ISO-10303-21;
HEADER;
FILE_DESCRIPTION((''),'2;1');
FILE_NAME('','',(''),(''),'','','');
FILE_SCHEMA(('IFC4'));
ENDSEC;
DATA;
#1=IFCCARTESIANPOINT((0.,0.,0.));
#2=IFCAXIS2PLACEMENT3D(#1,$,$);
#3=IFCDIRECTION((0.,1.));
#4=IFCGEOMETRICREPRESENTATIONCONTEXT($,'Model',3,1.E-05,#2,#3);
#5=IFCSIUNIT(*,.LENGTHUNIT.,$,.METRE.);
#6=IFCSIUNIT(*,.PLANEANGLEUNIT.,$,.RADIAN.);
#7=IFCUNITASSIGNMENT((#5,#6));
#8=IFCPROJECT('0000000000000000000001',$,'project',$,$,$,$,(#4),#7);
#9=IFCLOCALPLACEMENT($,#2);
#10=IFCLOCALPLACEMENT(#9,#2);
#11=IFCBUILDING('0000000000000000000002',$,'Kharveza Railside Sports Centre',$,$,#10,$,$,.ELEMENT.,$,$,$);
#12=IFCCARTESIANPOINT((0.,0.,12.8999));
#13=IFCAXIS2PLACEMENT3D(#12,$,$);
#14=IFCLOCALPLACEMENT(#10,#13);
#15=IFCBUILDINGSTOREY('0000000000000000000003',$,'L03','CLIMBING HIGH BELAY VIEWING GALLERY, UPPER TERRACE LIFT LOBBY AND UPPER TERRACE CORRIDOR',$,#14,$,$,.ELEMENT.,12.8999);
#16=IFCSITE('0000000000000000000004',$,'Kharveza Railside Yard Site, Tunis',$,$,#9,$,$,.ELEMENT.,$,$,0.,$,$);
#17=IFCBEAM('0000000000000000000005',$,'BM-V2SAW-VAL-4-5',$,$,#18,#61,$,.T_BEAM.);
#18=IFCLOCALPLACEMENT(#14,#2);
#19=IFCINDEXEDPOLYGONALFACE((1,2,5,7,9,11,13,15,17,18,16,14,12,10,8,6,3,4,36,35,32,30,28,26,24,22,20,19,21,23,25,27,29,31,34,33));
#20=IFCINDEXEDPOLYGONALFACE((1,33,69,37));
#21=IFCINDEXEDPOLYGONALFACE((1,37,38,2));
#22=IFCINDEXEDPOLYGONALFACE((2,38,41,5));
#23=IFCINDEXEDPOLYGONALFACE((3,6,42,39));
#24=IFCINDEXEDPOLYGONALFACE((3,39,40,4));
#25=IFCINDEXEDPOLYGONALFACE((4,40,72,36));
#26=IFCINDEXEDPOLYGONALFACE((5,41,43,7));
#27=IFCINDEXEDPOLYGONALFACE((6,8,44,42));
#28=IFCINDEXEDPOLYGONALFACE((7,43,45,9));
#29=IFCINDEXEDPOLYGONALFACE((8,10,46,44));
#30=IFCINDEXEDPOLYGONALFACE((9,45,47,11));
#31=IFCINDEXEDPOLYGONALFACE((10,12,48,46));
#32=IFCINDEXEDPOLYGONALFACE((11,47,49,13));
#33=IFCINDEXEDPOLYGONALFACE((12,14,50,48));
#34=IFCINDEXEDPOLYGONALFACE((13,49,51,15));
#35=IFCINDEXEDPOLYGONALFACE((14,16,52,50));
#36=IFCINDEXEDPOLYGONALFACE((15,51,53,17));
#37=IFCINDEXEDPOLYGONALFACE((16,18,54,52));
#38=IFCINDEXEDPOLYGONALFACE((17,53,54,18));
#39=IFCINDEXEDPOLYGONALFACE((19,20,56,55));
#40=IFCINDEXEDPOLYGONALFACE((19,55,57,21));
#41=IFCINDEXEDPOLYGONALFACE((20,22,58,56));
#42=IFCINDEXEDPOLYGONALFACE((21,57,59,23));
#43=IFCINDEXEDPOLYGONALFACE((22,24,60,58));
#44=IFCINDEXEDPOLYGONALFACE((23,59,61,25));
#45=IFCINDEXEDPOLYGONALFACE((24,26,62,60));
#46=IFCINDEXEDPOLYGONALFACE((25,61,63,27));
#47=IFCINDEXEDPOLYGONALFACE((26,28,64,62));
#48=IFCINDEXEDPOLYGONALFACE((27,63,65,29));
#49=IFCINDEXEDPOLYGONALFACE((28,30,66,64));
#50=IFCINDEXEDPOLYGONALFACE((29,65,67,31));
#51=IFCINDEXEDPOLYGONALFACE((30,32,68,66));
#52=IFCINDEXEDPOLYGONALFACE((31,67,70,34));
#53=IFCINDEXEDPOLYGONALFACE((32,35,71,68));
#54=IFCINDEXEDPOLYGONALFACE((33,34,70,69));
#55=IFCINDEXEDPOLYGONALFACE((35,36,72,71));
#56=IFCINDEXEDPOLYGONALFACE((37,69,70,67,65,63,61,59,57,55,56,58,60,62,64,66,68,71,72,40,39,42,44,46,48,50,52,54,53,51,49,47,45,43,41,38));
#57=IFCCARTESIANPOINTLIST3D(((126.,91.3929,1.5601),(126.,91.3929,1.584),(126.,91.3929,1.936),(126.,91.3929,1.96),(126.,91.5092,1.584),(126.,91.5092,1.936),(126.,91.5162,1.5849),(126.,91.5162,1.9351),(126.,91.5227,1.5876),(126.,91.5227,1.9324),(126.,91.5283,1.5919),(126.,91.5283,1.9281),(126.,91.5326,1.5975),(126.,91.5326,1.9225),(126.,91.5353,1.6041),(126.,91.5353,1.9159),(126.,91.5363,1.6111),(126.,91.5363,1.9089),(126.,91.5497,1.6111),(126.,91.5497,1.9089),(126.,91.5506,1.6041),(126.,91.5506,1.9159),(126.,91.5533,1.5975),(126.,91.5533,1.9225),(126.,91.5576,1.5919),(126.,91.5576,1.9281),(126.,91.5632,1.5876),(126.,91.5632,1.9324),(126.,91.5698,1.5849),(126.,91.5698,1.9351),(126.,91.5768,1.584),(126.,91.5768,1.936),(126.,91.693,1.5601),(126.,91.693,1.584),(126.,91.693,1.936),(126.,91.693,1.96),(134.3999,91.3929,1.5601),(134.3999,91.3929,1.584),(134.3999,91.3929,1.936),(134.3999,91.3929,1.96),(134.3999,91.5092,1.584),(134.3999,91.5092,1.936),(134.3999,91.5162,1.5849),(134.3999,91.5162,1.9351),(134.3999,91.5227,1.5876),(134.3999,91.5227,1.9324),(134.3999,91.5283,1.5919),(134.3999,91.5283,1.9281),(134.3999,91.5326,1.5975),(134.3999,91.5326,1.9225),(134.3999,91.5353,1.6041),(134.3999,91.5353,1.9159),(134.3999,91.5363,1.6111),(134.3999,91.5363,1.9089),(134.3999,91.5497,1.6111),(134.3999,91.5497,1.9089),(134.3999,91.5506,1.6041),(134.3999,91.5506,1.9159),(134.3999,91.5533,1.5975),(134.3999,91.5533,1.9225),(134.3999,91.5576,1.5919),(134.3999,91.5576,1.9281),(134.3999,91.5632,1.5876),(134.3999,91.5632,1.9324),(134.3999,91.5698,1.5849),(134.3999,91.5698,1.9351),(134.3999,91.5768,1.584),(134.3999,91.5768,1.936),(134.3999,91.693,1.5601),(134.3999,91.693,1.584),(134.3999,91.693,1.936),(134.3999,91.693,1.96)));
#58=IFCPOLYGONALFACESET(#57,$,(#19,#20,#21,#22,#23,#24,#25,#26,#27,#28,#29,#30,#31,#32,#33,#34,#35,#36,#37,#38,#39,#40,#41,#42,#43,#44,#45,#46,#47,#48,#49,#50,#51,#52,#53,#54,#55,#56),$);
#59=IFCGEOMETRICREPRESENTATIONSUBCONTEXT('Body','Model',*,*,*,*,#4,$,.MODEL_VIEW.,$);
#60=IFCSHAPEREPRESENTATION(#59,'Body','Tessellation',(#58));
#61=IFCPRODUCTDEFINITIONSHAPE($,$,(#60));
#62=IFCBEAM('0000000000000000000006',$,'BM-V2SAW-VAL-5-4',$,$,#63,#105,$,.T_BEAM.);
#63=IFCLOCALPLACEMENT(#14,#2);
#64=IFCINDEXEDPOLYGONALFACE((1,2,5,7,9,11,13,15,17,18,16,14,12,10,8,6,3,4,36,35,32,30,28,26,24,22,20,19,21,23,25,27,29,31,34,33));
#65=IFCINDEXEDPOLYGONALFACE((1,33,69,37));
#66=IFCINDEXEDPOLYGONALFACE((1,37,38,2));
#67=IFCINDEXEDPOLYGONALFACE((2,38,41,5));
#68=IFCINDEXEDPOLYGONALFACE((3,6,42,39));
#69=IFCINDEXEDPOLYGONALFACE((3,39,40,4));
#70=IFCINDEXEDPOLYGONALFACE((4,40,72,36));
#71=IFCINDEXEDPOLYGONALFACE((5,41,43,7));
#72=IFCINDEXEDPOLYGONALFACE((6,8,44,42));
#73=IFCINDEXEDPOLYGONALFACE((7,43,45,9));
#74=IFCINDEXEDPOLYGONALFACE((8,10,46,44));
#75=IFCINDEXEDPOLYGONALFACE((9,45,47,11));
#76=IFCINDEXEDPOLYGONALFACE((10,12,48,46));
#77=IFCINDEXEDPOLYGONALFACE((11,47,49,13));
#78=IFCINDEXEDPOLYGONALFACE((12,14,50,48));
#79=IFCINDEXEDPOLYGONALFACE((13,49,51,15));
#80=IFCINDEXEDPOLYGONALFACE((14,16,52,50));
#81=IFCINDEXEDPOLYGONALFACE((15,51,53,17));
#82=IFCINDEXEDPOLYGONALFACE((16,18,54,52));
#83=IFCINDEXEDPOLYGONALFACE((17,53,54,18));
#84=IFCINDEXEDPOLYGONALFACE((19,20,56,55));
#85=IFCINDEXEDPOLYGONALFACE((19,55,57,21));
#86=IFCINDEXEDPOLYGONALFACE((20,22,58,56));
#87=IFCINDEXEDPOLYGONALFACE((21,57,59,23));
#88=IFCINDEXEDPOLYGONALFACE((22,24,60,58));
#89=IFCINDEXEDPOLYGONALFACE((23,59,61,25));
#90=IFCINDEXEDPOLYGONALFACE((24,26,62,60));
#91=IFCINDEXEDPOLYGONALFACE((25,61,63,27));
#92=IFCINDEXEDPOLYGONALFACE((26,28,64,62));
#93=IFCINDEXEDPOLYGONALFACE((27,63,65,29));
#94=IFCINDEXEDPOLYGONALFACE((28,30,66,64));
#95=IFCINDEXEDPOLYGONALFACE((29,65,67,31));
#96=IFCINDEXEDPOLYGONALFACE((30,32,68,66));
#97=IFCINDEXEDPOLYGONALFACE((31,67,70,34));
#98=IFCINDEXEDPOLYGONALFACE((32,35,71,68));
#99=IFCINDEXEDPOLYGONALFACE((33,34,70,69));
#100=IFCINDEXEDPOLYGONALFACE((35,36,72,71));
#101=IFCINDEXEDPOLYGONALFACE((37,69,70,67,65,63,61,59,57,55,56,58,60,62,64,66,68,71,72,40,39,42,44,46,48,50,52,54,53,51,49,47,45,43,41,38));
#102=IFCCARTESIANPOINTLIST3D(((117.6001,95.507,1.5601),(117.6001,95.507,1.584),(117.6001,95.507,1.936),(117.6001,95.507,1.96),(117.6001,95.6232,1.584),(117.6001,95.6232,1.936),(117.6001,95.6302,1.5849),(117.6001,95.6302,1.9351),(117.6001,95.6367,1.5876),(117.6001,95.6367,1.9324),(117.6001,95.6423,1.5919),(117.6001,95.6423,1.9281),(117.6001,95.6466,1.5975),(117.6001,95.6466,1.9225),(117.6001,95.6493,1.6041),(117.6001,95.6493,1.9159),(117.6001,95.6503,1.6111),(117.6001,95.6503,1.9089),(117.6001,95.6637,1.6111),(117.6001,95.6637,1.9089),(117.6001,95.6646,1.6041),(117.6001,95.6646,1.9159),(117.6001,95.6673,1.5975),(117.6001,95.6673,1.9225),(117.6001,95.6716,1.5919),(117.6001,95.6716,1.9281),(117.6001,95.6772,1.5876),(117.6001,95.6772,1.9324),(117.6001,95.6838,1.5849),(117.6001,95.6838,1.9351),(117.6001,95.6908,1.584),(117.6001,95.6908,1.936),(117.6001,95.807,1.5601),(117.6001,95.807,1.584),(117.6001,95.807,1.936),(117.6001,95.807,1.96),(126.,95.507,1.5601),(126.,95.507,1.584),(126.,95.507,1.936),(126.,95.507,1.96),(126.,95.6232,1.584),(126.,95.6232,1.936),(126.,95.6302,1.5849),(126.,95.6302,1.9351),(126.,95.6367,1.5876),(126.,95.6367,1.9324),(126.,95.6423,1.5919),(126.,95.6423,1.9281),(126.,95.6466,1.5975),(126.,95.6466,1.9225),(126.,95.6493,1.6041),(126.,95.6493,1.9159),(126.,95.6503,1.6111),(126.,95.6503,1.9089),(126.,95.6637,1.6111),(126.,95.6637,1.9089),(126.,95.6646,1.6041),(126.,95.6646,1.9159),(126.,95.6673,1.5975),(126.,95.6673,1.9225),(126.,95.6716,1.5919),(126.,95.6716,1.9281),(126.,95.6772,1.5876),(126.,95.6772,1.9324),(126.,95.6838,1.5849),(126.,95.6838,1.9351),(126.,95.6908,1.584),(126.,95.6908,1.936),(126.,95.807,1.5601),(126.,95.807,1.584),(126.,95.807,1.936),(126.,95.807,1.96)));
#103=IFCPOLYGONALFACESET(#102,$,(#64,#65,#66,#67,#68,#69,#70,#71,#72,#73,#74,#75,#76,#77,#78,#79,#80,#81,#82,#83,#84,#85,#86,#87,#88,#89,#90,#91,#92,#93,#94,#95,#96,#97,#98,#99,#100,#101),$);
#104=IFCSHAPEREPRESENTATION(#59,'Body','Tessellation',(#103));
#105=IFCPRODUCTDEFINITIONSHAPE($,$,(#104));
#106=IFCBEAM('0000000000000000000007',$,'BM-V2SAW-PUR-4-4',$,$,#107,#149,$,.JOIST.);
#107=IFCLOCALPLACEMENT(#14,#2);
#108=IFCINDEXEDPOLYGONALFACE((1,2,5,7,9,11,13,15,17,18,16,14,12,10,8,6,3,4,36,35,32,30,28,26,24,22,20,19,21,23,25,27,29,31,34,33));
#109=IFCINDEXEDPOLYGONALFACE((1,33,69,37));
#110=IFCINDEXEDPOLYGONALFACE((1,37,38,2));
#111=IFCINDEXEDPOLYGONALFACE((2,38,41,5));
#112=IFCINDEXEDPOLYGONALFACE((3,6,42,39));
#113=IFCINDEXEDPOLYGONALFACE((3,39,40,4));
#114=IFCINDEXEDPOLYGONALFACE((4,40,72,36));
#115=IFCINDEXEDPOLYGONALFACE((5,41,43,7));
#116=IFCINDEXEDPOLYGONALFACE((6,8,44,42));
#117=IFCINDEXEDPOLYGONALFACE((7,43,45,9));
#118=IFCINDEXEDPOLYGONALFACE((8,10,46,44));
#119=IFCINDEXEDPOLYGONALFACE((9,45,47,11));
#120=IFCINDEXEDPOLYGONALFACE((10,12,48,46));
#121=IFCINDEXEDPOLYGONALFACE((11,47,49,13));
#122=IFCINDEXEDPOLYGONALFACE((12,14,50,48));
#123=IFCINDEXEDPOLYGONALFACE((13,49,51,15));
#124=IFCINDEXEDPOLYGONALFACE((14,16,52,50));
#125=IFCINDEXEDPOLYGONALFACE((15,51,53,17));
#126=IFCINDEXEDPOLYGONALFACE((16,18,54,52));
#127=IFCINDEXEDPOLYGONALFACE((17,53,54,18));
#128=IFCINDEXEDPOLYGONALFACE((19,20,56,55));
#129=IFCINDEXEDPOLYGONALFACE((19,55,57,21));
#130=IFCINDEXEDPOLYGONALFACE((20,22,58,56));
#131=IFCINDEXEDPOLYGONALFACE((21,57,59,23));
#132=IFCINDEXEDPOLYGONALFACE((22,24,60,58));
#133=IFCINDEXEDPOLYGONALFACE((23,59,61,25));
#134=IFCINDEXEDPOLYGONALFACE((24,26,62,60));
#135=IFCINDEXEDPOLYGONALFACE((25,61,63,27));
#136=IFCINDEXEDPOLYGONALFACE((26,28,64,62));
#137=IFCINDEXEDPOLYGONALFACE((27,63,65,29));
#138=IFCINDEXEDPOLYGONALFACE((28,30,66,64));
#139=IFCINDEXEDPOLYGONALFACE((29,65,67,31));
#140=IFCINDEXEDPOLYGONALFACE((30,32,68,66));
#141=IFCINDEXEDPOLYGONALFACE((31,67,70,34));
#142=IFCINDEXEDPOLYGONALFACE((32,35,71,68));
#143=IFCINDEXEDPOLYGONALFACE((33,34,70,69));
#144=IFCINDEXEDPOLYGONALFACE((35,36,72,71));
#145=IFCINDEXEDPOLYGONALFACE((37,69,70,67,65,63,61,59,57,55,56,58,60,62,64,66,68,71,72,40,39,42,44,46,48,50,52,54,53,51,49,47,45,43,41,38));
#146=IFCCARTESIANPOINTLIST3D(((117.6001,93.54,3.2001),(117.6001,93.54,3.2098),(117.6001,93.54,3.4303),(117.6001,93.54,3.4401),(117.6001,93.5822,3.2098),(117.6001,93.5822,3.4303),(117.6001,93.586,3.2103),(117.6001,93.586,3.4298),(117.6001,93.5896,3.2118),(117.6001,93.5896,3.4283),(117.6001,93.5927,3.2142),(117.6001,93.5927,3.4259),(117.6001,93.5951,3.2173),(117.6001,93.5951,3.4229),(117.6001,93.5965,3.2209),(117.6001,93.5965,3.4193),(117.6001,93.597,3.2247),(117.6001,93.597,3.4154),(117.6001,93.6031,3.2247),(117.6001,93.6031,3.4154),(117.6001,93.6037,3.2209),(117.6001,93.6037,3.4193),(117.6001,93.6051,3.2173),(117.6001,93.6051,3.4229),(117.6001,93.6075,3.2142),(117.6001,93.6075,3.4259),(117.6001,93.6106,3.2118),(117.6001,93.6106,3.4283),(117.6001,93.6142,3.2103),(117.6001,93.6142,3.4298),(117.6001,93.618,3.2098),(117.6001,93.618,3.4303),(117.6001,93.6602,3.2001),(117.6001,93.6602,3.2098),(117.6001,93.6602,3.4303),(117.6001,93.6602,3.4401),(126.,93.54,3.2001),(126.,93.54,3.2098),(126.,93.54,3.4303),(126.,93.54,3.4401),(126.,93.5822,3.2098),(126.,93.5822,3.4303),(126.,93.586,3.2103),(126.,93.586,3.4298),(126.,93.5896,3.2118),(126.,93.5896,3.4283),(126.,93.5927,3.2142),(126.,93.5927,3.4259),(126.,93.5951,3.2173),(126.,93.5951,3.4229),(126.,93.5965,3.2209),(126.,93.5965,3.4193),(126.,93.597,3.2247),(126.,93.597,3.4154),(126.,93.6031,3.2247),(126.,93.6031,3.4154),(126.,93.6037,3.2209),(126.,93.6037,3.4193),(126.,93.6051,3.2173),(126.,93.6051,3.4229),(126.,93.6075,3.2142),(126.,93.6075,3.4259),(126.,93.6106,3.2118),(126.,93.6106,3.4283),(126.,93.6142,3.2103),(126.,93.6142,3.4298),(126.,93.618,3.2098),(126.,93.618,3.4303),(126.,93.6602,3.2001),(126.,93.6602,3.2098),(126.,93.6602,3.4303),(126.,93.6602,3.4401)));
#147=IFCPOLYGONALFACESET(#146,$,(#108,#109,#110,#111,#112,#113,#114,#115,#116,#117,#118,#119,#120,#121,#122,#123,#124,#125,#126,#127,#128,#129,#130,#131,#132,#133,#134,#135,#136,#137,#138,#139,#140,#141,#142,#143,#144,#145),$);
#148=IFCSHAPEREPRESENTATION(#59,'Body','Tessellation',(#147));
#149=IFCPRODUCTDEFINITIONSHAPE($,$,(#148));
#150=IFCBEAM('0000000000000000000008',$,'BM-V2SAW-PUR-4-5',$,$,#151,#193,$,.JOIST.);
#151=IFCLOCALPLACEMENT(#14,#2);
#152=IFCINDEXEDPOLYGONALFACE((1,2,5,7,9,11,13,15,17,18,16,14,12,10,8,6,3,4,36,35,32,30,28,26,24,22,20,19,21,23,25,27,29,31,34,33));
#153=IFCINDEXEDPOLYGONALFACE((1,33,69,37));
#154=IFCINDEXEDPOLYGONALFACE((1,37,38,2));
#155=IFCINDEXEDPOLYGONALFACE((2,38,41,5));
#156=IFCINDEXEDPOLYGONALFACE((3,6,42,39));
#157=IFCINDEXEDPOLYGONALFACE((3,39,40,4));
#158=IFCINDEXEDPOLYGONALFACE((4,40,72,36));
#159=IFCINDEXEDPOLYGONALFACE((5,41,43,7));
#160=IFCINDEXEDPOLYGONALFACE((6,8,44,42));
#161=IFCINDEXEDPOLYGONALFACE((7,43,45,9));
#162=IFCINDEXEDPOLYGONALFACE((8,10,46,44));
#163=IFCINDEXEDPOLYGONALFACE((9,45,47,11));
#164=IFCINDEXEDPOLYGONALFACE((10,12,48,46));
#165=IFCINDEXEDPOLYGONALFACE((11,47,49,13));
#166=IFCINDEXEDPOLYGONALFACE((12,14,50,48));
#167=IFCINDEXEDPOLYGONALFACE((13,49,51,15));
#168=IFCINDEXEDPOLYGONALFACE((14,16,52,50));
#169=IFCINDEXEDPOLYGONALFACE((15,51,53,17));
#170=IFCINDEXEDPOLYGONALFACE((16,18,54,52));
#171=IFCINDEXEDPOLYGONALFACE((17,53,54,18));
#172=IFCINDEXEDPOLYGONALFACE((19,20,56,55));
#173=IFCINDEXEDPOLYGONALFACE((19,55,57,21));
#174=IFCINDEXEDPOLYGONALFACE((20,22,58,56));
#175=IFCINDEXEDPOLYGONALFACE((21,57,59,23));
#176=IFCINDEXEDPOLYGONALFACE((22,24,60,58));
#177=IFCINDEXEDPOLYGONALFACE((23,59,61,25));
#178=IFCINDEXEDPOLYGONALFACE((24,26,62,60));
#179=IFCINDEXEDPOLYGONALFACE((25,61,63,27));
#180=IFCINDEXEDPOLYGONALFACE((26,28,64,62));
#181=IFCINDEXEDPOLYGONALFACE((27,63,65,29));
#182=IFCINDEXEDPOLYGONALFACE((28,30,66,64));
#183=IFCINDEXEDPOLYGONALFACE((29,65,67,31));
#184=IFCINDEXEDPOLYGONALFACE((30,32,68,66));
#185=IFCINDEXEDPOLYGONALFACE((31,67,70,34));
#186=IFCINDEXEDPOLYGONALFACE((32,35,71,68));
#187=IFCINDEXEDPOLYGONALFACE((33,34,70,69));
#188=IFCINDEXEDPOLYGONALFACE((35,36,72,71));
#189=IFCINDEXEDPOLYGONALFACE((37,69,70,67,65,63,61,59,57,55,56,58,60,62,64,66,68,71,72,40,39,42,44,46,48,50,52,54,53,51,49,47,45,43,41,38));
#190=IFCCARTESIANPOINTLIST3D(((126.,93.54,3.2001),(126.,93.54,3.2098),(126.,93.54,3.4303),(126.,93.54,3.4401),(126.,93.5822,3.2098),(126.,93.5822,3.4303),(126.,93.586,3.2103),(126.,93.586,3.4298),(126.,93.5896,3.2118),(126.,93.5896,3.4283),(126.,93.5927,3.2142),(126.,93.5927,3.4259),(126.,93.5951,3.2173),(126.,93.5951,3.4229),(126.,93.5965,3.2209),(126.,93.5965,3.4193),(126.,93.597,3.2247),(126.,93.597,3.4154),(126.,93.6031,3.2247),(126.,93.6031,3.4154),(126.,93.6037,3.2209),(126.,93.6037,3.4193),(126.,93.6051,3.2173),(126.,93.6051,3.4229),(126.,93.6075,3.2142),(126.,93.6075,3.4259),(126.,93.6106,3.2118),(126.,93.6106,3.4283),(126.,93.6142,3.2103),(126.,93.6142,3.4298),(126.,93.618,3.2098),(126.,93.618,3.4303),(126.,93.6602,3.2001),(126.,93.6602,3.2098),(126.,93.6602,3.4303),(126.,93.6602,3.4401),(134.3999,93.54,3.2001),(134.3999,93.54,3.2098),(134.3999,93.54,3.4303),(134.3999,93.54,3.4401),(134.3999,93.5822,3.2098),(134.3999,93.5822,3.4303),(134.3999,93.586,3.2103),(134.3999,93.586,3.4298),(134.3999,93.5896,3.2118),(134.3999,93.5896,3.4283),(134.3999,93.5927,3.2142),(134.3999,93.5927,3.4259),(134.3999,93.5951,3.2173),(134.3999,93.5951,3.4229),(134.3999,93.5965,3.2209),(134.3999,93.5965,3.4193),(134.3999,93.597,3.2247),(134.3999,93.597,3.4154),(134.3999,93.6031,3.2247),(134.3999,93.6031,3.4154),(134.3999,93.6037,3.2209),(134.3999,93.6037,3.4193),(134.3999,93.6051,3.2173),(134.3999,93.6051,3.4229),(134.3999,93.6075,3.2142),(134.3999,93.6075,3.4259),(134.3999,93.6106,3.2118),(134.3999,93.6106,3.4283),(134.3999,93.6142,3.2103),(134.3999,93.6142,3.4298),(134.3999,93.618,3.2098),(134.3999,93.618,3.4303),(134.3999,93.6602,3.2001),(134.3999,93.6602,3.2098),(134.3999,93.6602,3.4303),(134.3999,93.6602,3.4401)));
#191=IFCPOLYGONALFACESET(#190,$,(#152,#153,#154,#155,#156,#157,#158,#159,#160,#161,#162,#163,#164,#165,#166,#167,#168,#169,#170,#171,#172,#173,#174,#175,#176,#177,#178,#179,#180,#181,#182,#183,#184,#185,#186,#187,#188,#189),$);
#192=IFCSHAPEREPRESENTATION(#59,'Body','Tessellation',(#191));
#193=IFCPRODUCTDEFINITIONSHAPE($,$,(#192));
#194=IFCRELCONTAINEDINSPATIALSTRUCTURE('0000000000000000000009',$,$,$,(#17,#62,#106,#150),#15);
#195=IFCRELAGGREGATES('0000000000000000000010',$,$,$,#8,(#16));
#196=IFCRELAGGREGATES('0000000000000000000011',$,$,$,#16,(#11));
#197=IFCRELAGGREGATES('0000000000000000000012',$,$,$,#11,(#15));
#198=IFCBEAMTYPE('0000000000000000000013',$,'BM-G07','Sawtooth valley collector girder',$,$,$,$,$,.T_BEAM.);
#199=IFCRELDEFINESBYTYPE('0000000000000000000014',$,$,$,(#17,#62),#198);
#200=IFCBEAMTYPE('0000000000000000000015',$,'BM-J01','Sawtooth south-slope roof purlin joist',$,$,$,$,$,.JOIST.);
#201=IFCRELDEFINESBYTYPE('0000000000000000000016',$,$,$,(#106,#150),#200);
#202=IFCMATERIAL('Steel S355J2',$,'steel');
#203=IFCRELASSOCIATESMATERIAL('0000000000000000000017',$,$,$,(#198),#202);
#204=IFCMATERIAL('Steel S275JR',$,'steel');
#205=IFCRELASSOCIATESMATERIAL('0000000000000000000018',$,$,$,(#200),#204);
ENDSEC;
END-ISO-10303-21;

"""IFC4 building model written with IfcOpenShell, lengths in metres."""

from ifc_helpers import new_model, si_unit, direction, frame, origin, origin_2d, place, context, subcontext, project, spatial, i_section, extrude, material, material_profile, profile_set, type_object, element, save


model = new_model("IFC4")

# Units and contexts
model_context = context("Model", 3, precision=1e-05, world=origin(), true_north=direction((0.0, 1.0)))
body_context = subcontext(model_context, "Body", "Model", "MODEL_VIEW")
ifc_project = project(units=[si_unit("LENGTHUNIT", "METRE"), si_unit("PLANEANGLEUNIT", "RADIAN")], contexts=[model_context])

# Site, building, storey
site_placement = place(None, origin())
site = spatial("IfcSite", under=ifc_project, at=site_placement, Name="Kharveza Railside Yard Site, Tunis", CompositionType="ELEMENT", RefElevation=0.0)
building_placement = place(site_placement, origin())
building = spatial("IfcBuilding", under=site, at=building_placement, Name="Kharveza Railside Sports Centre", CompositionType="ELEMENT")
storey_placement = place(building_placement, frame((0.0, 0.0, 12.8999)))
storey = spatial("IfcBuildingStorey", under=building, at=storey_placement, Name="L03", Description="CLIMBING HIGH BELAY VIEWING GALLERY, UPPER TERRACE LIFT LOBBY AND UPPER TERRACE CORRIDOR", CompositionType="ELEMENT", Elevation=12.8999)

# Beams
ifc_material_1 = material(Name="Steel S355J2", Category="steel")
ifc_material_profile_1 = material_profile(ifc_material_1, i_section(OverallWidth=0.3, OverallDepth=0.3999, WebThickness=0.0134, FlangeThickness=0.0239, FilletRadius=0.0271, at=origin_2d()), Name="HEB 400")
ifc_profile_set_1 = profile_set([ifc_material_profile_1], Name="Steel S355J2")
beam_type_1 = type_object("IfcBeamType", Name="BM-G07", Description="Sawtooth valley collector girder", PredefinedType="T_BEAM", material=ifc_profile_set_1)
for number, where, z_axis, x_axis, name in (
    (1, (126.0, 91.543, 1.76), (1.0, 0.0, 0.0), (0.0, 1.0, 0.0), "BM-V2SAW-VAL-4-5"),
    (2, (117.6001, 95.657, 1.76), (1.0, 0.0, 0.0), (0.0, 1.0, 0.0), "BM-V2SAW-VAL-5-4"),
):
    element("IfcBeam", number, at=place(storey_placement, frame(where, z_axis=z_axis, x_axis=x_axis)), inside=storey, type_object=beam_type_1, Name=name, PredefinedType="T_BEAM", context=body_context, shape_type="SweptSolid", body=[
        extrude(i_section(OverallWidth=0.3, OverallDepth=0.3999, WebThickness=0.0134, FlangeThickness=0.0239, FilletRadius=0.0271, at=origin_2d()), origin(), (0.0, 0.0, 1.0), 8.3999),
    ])
ifc_material_2 = material(Name="Steel S275JR", Category="steel")
ifc_material_profile_2 = material_profile(ifc_material_2, i_section(OverallWidth=0.1201, OverallDepth=0.24, WebThickness=0.0061, FlangeThickness=0.0098, FilletRadius=0.0149, at=origin_2d()), Name="IPE 240")
ifc_profile_set_2 = profile_set([ifc_material_profile_2], Name="Steel S275JR")
beam_type_2 = type_object("IfcBeamType", Name="BM-J01", Description="Sawtooth south-slope roof purlin joist", PredefinedType="JOIST", material=ifc_profile_set_2)
for number, where, z_axis, x_axis, name in (
    (3, (117.6001, 93.6001, 3.3201), (1.0, 0.0, 0.0), (0.0, 1.0, 0.0), "BM-V2SAW-PUR-4-4"),
    (4, (126.0, 93.6001, 3.3201), (1.0, 0.0, 0.0), (0.0, 1.0, 0.0), "BM-V2SAW-PUR-4-5"),
):
    element("IfcBeam", number, at=place(storey_placement, frame(where, z_axis=z_axis, x_axis=x_axis)), inside=storey, type_object=beam_type_2, Name=name, PredefinedType="JOIST", context=body_context, shape_type="SweptSolid", body=[
        extrude(i_section(OverallWidth=0.1201, OverallDepth=0.24, WebThickness=0.0061, FlangeThickness=0.0098, FilletRadius=0.0149, at=origin_2d()), origin(), (0.0, 0.0, 1.0), 8.3999),
    ])

save(model, "model.ifc")
